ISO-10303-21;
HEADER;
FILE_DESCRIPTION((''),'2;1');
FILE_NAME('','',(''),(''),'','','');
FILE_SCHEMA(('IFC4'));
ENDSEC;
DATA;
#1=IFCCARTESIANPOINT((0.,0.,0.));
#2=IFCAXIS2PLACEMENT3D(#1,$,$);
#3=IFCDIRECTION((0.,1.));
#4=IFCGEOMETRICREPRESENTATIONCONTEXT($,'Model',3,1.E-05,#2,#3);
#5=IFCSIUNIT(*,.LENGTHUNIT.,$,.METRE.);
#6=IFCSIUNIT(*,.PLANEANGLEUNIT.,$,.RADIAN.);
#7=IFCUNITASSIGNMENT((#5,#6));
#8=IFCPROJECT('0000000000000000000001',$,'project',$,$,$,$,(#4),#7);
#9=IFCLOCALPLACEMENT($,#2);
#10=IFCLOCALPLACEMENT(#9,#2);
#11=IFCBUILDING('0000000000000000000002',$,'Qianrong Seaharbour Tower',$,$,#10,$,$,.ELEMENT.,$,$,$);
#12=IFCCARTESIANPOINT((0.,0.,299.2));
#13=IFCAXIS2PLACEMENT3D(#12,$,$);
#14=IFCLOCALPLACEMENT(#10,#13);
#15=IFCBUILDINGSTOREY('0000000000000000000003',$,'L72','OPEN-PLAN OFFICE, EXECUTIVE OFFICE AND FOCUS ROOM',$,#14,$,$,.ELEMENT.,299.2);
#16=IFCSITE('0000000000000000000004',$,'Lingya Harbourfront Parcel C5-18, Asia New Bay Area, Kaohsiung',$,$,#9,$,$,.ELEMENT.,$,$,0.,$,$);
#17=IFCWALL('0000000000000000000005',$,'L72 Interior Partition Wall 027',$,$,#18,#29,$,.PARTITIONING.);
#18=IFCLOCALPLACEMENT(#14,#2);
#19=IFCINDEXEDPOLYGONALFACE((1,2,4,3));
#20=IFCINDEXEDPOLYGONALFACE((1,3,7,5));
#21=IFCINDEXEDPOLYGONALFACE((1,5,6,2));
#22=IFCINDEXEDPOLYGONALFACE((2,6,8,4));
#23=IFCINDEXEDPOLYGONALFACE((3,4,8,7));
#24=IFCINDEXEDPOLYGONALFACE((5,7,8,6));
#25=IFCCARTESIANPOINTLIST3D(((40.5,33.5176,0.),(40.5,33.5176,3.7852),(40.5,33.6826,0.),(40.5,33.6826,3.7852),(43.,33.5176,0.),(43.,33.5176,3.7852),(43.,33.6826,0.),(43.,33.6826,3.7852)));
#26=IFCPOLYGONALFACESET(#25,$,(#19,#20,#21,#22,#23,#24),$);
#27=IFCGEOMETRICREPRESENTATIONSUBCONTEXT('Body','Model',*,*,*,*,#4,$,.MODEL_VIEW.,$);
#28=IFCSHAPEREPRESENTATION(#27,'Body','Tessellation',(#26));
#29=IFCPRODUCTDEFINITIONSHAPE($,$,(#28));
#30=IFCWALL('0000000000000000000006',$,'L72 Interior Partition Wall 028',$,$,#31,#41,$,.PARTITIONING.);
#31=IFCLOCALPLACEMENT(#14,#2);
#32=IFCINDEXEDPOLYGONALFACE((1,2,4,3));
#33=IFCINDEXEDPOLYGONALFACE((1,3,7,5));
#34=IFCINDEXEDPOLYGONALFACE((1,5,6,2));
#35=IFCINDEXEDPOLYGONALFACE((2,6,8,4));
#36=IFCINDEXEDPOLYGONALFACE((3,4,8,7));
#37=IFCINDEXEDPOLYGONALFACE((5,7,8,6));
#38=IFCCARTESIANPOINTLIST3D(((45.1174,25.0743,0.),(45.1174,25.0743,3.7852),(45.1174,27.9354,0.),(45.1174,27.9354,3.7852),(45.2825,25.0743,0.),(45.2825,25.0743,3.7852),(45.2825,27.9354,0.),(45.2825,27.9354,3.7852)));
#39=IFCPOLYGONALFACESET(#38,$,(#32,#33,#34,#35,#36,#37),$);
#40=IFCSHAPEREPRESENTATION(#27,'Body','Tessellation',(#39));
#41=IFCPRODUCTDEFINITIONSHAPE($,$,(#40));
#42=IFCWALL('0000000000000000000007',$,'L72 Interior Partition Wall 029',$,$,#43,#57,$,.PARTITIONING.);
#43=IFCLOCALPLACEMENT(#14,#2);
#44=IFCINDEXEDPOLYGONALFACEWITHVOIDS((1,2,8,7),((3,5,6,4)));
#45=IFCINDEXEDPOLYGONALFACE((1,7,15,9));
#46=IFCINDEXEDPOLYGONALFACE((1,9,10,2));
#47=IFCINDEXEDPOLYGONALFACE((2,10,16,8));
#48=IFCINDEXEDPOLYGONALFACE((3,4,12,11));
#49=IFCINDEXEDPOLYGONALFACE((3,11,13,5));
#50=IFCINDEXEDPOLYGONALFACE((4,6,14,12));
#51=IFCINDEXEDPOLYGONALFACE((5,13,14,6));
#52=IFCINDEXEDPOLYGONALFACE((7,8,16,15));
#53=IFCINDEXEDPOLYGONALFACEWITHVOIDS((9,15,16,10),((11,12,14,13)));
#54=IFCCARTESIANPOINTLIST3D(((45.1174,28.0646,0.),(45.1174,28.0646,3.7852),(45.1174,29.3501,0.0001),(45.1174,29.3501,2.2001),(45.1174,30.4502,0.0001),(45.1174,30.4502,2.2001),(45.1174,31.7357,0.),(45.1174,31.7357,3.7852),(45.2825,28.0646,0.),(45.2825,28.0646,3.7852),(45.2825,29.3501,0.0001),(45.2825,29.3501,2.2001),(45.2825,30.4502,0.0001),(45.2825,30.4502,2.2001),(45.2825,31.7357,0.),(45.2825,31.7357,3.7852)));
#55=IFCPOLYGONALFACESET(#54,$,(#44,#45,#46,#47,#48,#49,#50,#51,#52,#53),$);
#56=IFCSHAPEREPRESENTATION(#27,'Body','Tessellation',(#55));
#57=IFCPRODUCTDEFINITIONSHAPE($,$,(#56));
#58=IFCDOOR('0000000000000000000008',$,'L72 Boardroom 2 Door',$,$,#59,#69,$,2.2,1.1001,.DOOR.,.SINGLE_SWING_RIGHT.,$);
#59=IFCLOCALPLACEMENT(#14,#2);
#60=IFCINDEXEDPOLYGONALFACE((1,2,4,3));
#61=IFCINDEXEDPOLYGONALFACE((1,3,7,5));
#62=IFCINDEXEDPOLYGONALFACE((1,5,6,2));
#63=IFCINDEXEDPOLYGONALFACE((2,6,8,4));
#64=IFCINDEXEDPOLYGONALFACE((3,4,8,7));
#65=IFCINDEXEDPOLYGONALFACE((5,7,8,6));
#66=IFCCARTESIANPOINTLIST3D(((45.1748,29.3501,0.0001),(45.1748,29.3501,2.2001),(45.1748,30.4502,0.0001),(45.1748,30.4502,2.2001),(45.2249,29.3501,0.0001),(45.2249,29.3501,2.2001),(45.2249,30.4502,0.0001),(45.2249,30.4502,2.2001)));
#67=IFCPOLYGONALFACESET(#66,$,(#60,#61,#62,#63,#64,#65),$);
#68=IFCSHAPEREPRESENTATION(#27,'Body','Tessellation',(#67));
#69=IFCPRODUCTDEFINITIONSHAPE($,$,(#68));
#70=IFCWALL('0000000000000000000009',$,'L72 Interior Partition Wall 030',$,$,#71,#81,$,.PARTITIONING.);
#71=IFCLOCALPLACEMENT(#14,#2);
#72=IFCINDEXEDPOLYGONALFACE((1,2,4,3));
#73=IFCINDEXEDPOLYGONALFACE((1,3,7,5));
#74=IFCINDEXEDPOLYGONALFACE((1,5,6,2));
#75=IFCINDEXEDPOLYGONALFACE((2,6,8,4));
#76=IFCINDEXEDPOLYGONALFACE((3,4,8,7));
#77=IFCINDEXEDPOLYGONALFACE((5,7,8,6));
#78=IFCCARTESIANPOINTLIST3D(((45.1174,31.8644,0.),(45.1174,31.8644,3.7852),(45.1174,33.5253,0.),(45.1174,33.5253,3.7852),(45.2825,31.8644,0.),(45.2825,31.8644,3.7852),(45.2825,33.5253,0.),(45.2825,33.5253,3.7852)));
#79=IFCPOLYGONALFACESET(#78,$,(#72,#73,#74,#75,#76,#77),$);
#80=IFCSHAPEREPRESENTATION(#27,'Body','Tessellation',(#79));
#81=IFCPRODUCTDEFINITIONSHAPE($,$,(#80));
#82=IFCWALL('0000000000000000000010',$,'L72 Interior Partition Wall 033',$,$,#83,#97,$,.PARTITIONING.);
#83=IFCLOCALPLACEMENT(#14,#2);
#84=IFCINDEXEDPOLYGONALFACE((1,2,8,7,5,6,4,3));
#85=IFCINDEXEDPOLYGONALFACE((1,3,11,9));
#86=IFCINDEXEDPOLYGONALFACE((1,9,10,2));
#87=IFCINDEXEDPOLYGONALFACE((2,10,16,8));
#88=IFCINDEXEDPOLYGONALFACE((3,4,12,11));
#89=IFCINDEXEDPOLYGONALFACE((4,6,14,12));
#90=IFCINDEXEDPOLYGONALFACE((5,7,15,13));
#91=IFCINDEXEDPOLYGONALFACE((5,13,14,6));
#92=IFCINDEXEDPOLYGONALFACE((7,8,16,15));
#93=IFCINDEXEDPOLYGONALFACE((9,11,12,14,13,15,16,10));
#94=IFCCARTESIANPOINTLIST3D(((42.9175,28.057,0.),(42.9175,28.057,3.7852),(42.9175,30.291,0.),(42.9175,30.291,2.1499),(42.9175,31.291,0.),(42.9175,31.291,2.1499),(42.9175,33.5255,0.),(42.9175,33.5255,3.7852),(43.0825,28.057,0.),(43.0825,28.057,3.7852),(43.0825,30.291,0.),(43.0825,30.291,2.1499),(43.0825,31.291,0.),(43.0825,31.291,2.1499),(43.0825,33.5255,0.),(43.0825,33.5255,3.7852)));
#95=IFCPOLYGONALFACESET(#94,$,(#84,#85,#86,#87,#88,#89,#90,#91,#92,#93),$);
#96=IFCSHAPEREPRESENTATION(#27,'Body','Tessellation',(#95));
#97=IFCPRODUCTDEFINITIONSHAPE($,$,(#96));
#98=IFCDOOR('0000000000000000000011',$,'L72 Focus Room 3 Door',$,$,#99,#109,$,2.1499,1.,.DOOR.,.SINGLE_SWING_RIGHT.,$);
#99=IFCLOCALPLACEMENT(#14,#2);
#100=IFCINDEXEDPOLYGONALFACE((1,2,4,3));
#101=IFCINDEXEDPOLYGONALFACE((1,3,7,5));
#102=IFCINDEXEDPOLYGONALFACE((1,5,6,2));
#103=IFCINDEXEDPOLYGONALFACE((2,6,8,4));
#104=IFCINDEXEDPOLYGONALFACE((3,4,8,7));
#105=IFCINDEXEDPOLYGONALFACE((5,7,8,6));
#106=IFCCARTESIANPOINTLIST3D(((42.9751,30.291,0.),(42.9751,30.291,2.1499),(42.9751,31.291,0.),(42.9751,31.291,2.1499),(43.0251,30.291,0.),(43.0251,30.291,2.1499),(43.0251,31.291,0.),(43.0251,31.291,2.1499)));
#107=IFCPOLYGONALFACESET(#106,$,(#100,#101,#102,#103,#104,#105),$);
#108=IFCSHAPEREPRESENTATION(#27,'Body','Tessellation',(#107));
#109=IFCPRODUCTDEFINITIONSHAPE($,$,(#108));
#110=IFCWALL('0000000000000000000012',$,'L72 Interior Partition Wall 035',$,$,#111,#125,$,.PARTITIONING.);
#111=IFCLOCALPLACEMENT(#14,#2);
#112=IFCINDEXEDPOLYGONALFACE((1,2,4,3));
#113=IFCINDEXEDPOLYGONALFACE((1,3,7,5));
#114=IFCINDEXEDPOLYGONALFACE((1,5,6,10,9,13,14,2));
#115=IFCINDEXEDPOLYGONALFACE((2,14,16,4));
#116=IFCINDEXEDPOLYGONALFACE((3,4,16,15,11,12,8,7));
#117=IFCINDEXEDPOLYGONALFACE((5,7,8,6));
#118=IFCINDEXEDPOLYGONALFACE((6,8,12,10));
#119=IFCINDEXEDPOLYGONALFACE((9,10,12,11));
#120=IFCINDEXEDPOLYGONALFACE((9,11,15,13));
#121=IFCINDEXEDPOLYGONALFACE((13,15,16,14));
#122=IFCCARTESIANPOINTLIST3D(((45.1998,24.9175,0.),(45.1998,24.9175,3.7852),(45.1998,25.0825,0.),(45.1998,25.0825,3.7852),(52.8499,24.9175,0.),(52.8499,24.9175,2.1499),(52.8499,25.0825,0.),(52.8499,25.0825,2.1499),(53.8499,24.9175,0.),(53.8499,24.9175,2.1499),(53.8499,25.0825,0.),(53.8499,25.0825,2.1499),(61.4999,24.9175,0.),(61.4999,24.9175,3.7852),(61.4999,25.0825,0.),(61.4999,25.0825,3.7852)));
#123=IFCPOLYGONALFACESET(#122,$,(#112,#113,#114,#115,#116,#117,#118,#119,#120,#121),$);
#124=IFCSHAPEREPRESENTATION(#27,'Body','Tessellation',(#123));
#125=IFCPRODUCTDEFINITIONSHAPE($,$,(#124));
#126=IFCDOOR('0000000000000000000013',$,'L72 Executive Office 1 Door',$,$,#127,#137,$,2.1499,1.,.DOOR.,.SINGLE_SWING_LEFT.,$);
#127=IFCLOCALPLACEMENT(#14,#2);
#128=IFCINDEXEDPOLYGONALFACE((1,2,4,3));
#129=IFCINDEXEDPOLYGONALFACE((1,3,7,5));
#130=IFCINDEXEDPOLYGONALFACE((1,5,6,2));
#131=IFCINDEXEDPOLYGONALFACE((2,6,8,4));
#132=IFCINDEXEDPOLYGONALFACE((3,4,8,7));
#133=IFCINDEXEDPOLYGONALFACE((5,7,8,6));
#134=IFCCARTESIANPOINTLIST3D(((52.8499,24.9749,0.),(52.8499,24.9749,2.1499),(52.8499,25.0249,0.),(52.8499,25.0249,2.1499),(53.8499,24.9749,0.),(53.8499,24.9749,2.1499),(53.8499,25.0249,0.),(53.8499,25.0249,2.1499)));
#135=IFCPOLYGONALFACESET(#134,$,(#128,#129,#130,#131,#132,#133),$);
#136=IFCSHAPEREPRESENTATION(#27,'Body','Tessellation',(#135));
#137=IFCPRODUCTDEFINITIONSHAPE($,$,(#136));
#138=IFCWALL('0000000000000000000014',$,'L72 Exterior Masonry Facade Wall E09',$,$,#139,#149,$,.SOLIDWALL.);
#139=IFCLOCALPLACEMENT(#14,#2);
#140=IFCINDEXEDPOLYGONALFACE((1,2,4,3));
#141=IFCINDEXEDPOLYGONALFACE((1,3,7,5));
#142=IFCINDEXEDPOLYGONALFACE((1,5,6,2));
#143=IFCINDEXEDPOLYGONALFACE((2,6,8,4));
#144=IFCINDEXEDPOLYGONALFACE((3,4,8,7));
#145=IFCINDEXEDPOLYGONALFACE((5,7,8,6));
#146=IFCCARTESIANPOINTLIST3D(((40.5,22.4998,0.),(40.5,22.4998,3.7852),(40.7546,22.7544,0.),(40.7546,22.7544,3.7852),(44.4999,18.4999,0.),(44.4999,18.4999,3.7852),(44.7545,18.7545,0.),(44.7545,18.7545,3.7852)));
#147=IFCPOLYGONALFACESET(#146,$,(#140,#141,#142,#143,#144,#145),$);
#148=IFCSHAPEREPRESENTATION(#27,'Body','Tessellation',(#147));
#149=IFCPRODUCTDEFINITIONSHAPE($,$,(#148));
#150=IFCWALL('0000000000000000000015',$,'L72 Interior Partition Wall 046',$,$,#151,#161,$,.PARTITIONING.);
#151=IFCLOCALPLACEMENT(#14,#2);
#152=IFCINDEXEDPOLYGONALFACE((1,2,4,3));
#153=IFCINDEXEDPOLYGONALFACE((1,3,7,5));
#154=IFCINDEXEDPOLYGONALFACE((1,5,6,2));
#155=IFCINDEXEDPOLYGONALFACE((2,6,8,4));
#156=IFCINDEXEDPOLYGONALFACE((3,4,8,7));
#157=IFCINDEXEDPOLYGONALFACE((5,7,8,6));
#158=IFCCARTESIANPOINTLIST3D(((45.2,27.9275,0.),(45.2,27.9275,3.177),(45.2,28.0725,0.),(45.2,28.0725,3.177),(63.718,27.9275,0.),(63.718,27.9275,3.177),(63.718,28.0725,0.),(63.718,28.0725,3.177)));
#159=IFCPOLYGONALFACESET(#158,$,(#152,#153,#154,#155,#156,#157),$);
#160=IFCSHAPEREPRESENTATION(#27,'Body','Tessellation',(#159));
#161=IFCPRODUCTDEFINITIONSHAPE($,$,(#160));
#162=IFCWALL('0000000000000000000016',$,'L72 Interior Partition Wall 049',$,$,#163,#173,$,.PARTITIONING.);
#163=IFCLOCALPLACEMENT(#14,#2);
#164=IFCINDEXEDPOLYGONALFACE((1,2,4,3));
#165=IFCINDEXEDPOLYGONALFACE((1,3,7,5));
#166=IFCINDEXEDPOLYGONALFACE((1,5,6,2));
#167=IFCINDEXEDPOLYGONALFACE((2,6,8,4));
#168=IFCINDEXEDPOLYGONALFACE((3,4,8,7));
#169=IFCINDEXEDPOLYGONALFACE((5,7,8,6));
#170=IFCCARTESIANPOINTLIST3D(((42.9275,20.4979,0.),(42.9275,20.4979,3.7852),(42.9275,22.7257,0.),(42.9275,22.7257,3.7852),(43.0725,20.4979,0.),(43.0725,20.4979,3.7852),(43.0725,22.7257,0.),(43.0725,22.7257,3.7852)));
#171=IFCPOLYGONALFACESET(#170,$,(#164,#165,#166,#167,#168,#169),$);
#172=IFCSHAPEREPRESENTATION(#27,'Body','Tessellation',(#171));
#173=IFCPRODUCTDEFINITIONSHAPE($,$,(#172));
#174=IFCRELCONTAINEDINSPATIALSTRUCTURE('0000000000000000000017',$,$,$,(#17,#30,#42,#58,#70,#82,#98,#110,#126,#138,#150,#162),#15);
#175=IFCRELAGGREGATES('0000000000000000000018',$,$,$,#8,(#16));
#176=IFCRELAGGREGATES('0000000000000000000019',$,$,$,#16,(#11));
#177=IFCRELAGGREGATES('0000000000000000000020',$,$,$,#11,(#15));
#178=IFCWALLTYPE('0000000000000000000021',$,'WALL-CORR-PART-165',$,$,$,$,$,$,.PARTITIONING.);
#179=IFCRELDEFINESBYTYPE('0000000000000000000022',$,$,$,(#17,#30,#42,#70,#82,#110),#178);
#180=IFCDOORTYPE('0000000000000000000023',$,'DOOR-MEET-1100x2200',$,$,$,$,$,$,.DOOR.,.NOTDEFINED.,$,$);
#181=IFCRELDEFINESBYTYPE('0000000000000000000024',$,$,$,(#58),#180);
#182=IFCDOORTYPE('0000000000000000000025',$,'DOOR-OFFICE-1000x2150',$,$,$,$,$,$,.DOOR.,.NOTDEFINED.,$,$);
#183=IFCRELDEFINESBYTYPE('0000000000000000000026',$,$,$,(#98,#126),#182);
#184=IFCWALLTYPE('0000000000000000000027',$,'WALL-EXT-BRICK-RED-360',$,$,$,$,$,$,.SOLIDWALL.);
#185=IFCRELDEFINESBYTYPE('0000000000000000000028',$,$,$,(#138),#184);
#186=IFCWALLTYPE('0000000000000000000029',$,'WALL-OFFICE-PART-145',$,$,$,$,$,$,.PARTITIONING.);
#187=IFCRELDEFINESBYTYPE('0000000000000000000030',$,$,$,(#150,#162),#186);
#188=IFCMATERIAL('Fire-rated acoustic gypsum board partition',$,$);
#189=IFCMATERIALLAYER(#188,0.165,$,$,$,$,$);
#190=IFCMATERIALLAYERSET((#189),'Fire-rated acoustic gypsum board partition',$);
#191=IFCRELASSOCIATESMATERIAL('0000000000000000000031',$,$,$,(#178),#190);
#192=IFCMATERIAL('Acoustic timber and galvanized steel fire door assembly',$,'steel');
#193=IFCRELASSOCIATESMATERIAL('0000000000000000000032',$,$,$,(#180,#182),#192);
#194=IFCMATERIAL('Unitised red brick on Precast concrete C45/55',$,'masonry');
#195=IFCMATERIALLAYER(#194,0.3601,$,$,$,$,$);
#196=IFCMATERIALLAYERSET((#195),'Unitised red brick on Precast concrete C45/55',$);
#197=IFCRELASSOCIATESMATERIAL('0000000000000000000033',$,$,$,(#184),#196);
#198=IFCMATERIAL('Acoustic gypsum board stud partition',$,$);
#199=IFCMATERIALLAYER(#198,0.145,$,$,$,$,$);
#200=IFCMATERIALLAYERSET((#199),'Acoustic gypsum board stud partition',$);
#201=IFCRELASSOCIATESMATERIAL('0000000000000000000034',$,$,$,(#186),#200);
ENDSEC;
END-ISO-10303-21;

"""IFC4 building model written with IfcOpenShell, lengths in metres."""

from ifc_helpers import new_model, si_unit, direction, frame, frame_2d, origin, place, context, subcontext, project, spatial, rectangle, extrude, material, layer, layer_set, type_object, element, fill, save


model = new_model("IFC4")

# Units and contexts
model_context = context("Model", 3, precision=1e-05, world=origin(), true_north=direction((0.0, 1.0)))
body_context = subcontext(model_context, "Body", "Model", "MODEL_VIEW")
ifc_project = project(units=[si_unit("LENGTHUNIT", "METRE"), si_unit("PLANEANGLEUNIT", "RADIAN")], contexts=[model_context])

# Site, building, storey
site_placement = place(None, origin())
site = spatial("IfcSite", under=ifc_project, at=site_placement, Name="Lingya Harbourfront Parcel C5-18, Asia New Bay Area, Kaohsiung", CompositionType="ELEMENT", RefElevation=0.0)
building_placement = place(site_placement, origin())
building = spatial("IfcBuilding", under=site, at=building_placement, Name="Qianrong Seaharbour Tower", CompositionType="ELEMENT")
storey_placement = place(building_placement, frame((0.0, 0.0, 299.2)))
storey = spatial("IfcBuildingStorey", under=building, at=storey_placement, Name="L72", Description="OPEN-PLAN OFFICE, EXECUTIVE OFFICE AND FOCUS ROOM", CompositionType="ELEMENT", Elevation=299.2)

# Walls
ifc_material_1 = material(Name="Fire-rated acoustic gypsum board partition")
ifc_layer_1 = layer(ifc_material_1, 0.165)
ifc_layer_set_1 = layer_set([ifc_layer_1], Name="Fire-rated acoustic gypsum board partition")
wall_type_1 = type_object("IfcWallType", Name="WALL-CORR-PART-165", PredefinedType="PARTITIONING", material=ifc_layer_set_1)
wall_1_placement = place(storey_placement, frame((43.0, 33.6001, 0.0), z_axis=(0.0, 0.0, 1.0), x_axis=(-1.0, 0.0, 0.0)))
element("IfcWall", 1, at=wall_1_placement, inside=storey, type_object=wall_type_1, Name="L72 Interior Partition Wall 027", PredefinedType="PARTITIONING", context=body_context, shape_type="SweptSolid", body=[
    extrude(rectangle(XDim=2.5, YDim=0.165, at=frame_2d((1.25, 0.0))), origin(), (0.0, 0.0, 1.0), 3.7852),
])
wall_2_placement = place(storey_placement, frame((45.2, 27.9355, 0.0), z_axis=(0.0, 0.0, 1.0), x_axis=(0.0, -1.0, 0.0)))
element("IfcWall", 2, at=wall_2_placement, inside=storey, type_object=wall_type_1, Name="L72 Interior Partition Wall 028", PredefinedType="PARTITIONING", context=body_context, shape_type="SweptSolid", body=[
    extrude(rectangle(XDim=2.8611, YDim=0.165, at=frame_2d((1.4307, 0.0))), origin(), (0.0, 0.0, 1.0), 3.7852),
])

# Wall, opening, door
wall_3_placement = place(storey_placement, frame((45.2, 31.7356, 0.0), z_axis=(0.0, 0.0, 1.0), x_axis=(0.0, -1.0, 0.0)))
wall_3 = element("IfcWall", 3, at=wall_3_placement, inside=storey, type_object=wall_type_1, Name="L72 Interior Partition Wall 029", PredefinedType="PARTITIONING", context=body_context, shape_type="SweptSolid", body=[
    extrude(rectangle(XDim=3.6711, YDim=0.165, at=frame_2d((1.8354, 0.0))), origin(), (0.0, 0.0, 1.0), 3.7852),
])
opening_1_placement = place(wall_3_placement, frame((1.2854, 0.0, 0.0)))
opening_1 = element("IfcOpeningElement", 4, at=opening_1_placement, cuts=wall_3, PredefinedType="OPENING", context=body_context, shape_type="SweptSolid", body=[
    extrude(rectangle(XDim=1.1001, YDim=2.2, at=frame_2d((0.55, 1.1001))), frame((0.0, 0.0925, 0.0), z_axis=(0.0, -1.0, 0.0), x_axis=(1.0, 0.0, 0.0)), (0.0, 0.0, 1.0), 0.1851),
])
ifc_material_2 = material(Name="Acoustic timber and galvanized steel fire door assembly", Category="steel")
door_type_1 = type_object("IfcDoorType", Name="DOOR-MEET-1100x2200", OperationType="NOTDEFINED", PredefinedType="DOOR", material=ifc_material_2)
door_1_placement = place(opening_1_placement, origin())
door_1 = element("IfcDoor", 5, at=door_1_placement, inside=storey, type_object=door_type_1, Name="L72 Boardroom 2 Door", OperationType="SINGLE_SWING_RIGHT", OverallHeight=2.2, OverallWidth=1.1001, PredefinedType="DOOR", context=body_context, shape_type="SweptSolid", body=[
    extrude(rectangle(XDim=1.1001, YDim=2.2, at=frame_2d((0.55, 1.1001))), frame((0.0, 0.0249, 0.0), z_axis=(0.0, -1.0, 0.0), x_axis=(1.0, 0.0, 0.0)), (0.0, 0.0, 1.0), 0.05),
])
fill(opening_1, door_1)

# Wall
wall_4_placement = place(storey_placement, frame((45.2, 33.5254, 0.0), z_axis=(0.0, 0.0, 1.0), x_axis=(0.0, -1.0, 0.0)))
element("IfcWall", 6, at=wall_4_placement, inside=storey, type_object=wall_type_1, Name="L72 Interior Partition Wall 030", PredefinedType="PARTITIONING", context=body_context, shape_type="SweptSolid", body=[
    extrude(rectangle(XDim=1.6609, YDim=0.165, at=frame_2d((0.8306, 0.0))), origin(), (0.0, 0.0, 1.0), 3.7852),
])

# Walls, openings, doors
door_type_2 = type_object("IfcDoorType", Name="DOOR-OFFICE-1000x2150", OperationType="NOTDEFINED", PredefinedType="DOOR", material=ifc_material_2)
wall_5_placement = place(storey_placement, frame((43.0, 28.0569, 0.0), z_axis=(0.0, 0.0, 1.0), x_axis=(0.0, 1.0, 0.0)))
wall_5 = element("IfcWall", 7, at=wall_5_placement, inside=storey, type_object=wall_type_1, Name="L72 Interior Partition Wall 033", PredefinedType="PARTITIONING", context=body_context, shape_type="SweptSolid", body=[
    extrude(rectangle(XDim=5.4685, YDim=0.165, at=frame_2d((2.7344, 0.0))), origin(), (0.0, 0.0, 1.0), 3.7852),
])
opening_2_placement = place(wall_5_placement, frame((2.2341, 0.0, 0.0)))
opening_2 = element("IfcOpeningElement", 8, at=opening_2_placement, cuts=wall_5, PredefinedType="OPENING", context=body_context, shape_type="SweptSolid", body=[
    extrude(rectangle(XDim=1.0, YDim=2.1499, at=frame_2d((0.5, 1.075))), frame((0.0, 0.0925, 0.0), z_axis=(0.0, -1.0, 0.0), x_axis=(1.0, 0.0, 0.0)), (0.0, 0.0, 1.0), 0.1851),
])
door_2_placement = place(opening_2_placement, origin())
door_2 = element("IfcDoor", 9, at=door_2_placement, inside=storey, type_object=door_type_2, Name="L72 Focus Room 3 Door", OperationType="SINGLE_SWING_RIGHT", OverallHeight=2.1499, OverallWidth=1.0, PredefinedType="DOOR", context=body_context, shape_type="SweptSolid", body=[
    extrude(rectangle(XDim=1.0, YDim=2.1499, at=frame_2d((0.5, 1.075))), frame((0.0, 0.0249, 0.0), z_axis=(0.0, -1.0, 0.0), x_axis=(1.0, 0.0, 0.0)), (0.0, 0.0, 1.0), 0.05),
])
fill(opening_2, door_2)
wall_6_placement = place(storey_placement, frame((45.2, 25.0, 0.0), z_axis=(0.0, 0.0, 1.0), x_axis=(1.0, 0.0, 0.0)))
wall_6 = element("IfcWall", 10, at=wall_6_placement, inside=storey, type_object=wall_type_1, Name="L72 Interior Partition Wall 035", PredefinedType="PARTITIONING", context=body_context, shape_type="SweptSolid", body=[
    extrude(rectangle(XDim=16.3, YDim=0.165, at=frame_2d((8.1499, 0.0))), origin(), (0.0, 0.0, 1.0), 3.7852),
])
opening_3_placement = place(wall_6_placement, frame((7.6499, 0.0, 0.0)))
opening_3 = element("IfcOpeningElement", 11, at=opening_3_placement, cuts=wall_6, PredefinedType="OPENING", context=body_context, shape_type="SweptSolid", body=[
    extrude(rectangle(XDim=1.0, YDim=2.1499, at=frame_2d((0.5, 1.075))), frame((0.0, 0.0925, 0.0), z_axis=(0.0, -1.0, 0.0), x_axis=(1.0, 0.0, 0.0)), (0.0, 0.0, 1.0), 0.1851),
])
door_3_placement = place(opening_3_placement, origin())
door_3 = element("IfcDoor", 12, at=door_3_placement, inside=storey, type_object=door_type_2, Name="L72 Executive Office 1 Door", OperationType="SINGLE_SWING_LEFT", OverallHeight=2.1499, OverallWidth=1.0, PredefinedType="DOOR", context=body_context, shape_type="SweptSolid", body=[
    extrude(rectangle(XDim=1.0, YDim=2.1499, at=frame_2d((0.5, 1.075))), frame((0.0, 0.0249, 0.0), z_axis=(0.0, -1.0, 0.0), x_axis=(1.0, 0.0, 0.0)), (0.0, 0.0, 1.0), 0.05),
])
fill(opening_3, door_3)

# Walls
ifc_material_3 = material(Name="Unitised red brick on Precast concrete C45/55", Category="masonry")
ifc_layer_2 = layer(ifc_material_3, 0.3601)
ifc_layer_set_2 = layer_set([ifc_layer_2], Name="Unitised red brick on Precast concrete C45/55")
wall_type_2 = type_object("IfcWallType", Name="WALL-EXT-BRICK-RED-360", PredefinedType="SOLIDWALL", material=ifc_layer_set_2)
wall_7_placement = place(storey_placement, frame((44.6272, 18.6272, 0.0), z_axis=(0.0, 0.0, 1.0), x_axis=(-0.707107, 0.707107, 0.0)))
element("IfcWall", 13, at=wall_7_placement, inside=storey, type_object=wall_type_2, Name="L72 Exterior Masonry Facade Wall E09", PredefinedType="SOLIDWALL", context=body_context, shape_type="SweptSolid", body=[
    extrude(rectangle(XDim=5.6567, YDim=0.3601, at=frame_2d((2.8284, 0.0))), origin(), (0.0, 0.0, 1.0), 3.7852),
])
ifc_material_4 = material(Name="Acoustic gypsum board stud partition")
ifc_layer_3 = layer(ifc_material_4, 0.145)
ifc_layer_set_3 = layer_set([ifc_layer_3], Name="Acoustic gypsum board stud partition")
wall_type_3 = type_object("IfcWallType", Name="WALL-OFFICE-PART-145", PredefinedType="PARTITIONING", material=ifc_layer_set_3)
wall_8_placement = place(storey_placement, frame((45.2, 28.0, 0.0), z_axis=(0.0, 0.0, 1.0), x_axis=(1.0, 0.0, 0.0)))
element("IfcWall", 14, at=wall_8_placement, inside=storey, type_object=wall_type_3, Name="L72 Interior Partition Wall 046", PredefinedType="PARTITIONING", context=body_context, shape_type="SweptSolid", body=[
    extrude(rectangle(XDim=18.5181, YDim=0.145, at=frame_2d((9.259, 0.0))), origin(), (0.0, 0.0, 1.0), 3.177),
])
wall_9_placement = place(storey_placement, frame((43.0, 22.7256, 0.0), z_axis=(0.0, 0.0, 1.0), x_axis=(0.0, -1.0, 0.0)))
element("IfcWall", 15, at=wall_9_placement, inside=storey, type_object=wall_type_3, Name="L72 Interior Partition Wall 049", PredefinedType="PARTITIONING", context=body_context, shape_type="SweptSolid", body=[
    extrude(rectangle(XDim=2.2278, YDim=0.145, at=frame_2d((1.1138, 0.0))), origin(), (0.0, 0.0, 1.0), 3.7852),
])

save(model, "model.ifc")
